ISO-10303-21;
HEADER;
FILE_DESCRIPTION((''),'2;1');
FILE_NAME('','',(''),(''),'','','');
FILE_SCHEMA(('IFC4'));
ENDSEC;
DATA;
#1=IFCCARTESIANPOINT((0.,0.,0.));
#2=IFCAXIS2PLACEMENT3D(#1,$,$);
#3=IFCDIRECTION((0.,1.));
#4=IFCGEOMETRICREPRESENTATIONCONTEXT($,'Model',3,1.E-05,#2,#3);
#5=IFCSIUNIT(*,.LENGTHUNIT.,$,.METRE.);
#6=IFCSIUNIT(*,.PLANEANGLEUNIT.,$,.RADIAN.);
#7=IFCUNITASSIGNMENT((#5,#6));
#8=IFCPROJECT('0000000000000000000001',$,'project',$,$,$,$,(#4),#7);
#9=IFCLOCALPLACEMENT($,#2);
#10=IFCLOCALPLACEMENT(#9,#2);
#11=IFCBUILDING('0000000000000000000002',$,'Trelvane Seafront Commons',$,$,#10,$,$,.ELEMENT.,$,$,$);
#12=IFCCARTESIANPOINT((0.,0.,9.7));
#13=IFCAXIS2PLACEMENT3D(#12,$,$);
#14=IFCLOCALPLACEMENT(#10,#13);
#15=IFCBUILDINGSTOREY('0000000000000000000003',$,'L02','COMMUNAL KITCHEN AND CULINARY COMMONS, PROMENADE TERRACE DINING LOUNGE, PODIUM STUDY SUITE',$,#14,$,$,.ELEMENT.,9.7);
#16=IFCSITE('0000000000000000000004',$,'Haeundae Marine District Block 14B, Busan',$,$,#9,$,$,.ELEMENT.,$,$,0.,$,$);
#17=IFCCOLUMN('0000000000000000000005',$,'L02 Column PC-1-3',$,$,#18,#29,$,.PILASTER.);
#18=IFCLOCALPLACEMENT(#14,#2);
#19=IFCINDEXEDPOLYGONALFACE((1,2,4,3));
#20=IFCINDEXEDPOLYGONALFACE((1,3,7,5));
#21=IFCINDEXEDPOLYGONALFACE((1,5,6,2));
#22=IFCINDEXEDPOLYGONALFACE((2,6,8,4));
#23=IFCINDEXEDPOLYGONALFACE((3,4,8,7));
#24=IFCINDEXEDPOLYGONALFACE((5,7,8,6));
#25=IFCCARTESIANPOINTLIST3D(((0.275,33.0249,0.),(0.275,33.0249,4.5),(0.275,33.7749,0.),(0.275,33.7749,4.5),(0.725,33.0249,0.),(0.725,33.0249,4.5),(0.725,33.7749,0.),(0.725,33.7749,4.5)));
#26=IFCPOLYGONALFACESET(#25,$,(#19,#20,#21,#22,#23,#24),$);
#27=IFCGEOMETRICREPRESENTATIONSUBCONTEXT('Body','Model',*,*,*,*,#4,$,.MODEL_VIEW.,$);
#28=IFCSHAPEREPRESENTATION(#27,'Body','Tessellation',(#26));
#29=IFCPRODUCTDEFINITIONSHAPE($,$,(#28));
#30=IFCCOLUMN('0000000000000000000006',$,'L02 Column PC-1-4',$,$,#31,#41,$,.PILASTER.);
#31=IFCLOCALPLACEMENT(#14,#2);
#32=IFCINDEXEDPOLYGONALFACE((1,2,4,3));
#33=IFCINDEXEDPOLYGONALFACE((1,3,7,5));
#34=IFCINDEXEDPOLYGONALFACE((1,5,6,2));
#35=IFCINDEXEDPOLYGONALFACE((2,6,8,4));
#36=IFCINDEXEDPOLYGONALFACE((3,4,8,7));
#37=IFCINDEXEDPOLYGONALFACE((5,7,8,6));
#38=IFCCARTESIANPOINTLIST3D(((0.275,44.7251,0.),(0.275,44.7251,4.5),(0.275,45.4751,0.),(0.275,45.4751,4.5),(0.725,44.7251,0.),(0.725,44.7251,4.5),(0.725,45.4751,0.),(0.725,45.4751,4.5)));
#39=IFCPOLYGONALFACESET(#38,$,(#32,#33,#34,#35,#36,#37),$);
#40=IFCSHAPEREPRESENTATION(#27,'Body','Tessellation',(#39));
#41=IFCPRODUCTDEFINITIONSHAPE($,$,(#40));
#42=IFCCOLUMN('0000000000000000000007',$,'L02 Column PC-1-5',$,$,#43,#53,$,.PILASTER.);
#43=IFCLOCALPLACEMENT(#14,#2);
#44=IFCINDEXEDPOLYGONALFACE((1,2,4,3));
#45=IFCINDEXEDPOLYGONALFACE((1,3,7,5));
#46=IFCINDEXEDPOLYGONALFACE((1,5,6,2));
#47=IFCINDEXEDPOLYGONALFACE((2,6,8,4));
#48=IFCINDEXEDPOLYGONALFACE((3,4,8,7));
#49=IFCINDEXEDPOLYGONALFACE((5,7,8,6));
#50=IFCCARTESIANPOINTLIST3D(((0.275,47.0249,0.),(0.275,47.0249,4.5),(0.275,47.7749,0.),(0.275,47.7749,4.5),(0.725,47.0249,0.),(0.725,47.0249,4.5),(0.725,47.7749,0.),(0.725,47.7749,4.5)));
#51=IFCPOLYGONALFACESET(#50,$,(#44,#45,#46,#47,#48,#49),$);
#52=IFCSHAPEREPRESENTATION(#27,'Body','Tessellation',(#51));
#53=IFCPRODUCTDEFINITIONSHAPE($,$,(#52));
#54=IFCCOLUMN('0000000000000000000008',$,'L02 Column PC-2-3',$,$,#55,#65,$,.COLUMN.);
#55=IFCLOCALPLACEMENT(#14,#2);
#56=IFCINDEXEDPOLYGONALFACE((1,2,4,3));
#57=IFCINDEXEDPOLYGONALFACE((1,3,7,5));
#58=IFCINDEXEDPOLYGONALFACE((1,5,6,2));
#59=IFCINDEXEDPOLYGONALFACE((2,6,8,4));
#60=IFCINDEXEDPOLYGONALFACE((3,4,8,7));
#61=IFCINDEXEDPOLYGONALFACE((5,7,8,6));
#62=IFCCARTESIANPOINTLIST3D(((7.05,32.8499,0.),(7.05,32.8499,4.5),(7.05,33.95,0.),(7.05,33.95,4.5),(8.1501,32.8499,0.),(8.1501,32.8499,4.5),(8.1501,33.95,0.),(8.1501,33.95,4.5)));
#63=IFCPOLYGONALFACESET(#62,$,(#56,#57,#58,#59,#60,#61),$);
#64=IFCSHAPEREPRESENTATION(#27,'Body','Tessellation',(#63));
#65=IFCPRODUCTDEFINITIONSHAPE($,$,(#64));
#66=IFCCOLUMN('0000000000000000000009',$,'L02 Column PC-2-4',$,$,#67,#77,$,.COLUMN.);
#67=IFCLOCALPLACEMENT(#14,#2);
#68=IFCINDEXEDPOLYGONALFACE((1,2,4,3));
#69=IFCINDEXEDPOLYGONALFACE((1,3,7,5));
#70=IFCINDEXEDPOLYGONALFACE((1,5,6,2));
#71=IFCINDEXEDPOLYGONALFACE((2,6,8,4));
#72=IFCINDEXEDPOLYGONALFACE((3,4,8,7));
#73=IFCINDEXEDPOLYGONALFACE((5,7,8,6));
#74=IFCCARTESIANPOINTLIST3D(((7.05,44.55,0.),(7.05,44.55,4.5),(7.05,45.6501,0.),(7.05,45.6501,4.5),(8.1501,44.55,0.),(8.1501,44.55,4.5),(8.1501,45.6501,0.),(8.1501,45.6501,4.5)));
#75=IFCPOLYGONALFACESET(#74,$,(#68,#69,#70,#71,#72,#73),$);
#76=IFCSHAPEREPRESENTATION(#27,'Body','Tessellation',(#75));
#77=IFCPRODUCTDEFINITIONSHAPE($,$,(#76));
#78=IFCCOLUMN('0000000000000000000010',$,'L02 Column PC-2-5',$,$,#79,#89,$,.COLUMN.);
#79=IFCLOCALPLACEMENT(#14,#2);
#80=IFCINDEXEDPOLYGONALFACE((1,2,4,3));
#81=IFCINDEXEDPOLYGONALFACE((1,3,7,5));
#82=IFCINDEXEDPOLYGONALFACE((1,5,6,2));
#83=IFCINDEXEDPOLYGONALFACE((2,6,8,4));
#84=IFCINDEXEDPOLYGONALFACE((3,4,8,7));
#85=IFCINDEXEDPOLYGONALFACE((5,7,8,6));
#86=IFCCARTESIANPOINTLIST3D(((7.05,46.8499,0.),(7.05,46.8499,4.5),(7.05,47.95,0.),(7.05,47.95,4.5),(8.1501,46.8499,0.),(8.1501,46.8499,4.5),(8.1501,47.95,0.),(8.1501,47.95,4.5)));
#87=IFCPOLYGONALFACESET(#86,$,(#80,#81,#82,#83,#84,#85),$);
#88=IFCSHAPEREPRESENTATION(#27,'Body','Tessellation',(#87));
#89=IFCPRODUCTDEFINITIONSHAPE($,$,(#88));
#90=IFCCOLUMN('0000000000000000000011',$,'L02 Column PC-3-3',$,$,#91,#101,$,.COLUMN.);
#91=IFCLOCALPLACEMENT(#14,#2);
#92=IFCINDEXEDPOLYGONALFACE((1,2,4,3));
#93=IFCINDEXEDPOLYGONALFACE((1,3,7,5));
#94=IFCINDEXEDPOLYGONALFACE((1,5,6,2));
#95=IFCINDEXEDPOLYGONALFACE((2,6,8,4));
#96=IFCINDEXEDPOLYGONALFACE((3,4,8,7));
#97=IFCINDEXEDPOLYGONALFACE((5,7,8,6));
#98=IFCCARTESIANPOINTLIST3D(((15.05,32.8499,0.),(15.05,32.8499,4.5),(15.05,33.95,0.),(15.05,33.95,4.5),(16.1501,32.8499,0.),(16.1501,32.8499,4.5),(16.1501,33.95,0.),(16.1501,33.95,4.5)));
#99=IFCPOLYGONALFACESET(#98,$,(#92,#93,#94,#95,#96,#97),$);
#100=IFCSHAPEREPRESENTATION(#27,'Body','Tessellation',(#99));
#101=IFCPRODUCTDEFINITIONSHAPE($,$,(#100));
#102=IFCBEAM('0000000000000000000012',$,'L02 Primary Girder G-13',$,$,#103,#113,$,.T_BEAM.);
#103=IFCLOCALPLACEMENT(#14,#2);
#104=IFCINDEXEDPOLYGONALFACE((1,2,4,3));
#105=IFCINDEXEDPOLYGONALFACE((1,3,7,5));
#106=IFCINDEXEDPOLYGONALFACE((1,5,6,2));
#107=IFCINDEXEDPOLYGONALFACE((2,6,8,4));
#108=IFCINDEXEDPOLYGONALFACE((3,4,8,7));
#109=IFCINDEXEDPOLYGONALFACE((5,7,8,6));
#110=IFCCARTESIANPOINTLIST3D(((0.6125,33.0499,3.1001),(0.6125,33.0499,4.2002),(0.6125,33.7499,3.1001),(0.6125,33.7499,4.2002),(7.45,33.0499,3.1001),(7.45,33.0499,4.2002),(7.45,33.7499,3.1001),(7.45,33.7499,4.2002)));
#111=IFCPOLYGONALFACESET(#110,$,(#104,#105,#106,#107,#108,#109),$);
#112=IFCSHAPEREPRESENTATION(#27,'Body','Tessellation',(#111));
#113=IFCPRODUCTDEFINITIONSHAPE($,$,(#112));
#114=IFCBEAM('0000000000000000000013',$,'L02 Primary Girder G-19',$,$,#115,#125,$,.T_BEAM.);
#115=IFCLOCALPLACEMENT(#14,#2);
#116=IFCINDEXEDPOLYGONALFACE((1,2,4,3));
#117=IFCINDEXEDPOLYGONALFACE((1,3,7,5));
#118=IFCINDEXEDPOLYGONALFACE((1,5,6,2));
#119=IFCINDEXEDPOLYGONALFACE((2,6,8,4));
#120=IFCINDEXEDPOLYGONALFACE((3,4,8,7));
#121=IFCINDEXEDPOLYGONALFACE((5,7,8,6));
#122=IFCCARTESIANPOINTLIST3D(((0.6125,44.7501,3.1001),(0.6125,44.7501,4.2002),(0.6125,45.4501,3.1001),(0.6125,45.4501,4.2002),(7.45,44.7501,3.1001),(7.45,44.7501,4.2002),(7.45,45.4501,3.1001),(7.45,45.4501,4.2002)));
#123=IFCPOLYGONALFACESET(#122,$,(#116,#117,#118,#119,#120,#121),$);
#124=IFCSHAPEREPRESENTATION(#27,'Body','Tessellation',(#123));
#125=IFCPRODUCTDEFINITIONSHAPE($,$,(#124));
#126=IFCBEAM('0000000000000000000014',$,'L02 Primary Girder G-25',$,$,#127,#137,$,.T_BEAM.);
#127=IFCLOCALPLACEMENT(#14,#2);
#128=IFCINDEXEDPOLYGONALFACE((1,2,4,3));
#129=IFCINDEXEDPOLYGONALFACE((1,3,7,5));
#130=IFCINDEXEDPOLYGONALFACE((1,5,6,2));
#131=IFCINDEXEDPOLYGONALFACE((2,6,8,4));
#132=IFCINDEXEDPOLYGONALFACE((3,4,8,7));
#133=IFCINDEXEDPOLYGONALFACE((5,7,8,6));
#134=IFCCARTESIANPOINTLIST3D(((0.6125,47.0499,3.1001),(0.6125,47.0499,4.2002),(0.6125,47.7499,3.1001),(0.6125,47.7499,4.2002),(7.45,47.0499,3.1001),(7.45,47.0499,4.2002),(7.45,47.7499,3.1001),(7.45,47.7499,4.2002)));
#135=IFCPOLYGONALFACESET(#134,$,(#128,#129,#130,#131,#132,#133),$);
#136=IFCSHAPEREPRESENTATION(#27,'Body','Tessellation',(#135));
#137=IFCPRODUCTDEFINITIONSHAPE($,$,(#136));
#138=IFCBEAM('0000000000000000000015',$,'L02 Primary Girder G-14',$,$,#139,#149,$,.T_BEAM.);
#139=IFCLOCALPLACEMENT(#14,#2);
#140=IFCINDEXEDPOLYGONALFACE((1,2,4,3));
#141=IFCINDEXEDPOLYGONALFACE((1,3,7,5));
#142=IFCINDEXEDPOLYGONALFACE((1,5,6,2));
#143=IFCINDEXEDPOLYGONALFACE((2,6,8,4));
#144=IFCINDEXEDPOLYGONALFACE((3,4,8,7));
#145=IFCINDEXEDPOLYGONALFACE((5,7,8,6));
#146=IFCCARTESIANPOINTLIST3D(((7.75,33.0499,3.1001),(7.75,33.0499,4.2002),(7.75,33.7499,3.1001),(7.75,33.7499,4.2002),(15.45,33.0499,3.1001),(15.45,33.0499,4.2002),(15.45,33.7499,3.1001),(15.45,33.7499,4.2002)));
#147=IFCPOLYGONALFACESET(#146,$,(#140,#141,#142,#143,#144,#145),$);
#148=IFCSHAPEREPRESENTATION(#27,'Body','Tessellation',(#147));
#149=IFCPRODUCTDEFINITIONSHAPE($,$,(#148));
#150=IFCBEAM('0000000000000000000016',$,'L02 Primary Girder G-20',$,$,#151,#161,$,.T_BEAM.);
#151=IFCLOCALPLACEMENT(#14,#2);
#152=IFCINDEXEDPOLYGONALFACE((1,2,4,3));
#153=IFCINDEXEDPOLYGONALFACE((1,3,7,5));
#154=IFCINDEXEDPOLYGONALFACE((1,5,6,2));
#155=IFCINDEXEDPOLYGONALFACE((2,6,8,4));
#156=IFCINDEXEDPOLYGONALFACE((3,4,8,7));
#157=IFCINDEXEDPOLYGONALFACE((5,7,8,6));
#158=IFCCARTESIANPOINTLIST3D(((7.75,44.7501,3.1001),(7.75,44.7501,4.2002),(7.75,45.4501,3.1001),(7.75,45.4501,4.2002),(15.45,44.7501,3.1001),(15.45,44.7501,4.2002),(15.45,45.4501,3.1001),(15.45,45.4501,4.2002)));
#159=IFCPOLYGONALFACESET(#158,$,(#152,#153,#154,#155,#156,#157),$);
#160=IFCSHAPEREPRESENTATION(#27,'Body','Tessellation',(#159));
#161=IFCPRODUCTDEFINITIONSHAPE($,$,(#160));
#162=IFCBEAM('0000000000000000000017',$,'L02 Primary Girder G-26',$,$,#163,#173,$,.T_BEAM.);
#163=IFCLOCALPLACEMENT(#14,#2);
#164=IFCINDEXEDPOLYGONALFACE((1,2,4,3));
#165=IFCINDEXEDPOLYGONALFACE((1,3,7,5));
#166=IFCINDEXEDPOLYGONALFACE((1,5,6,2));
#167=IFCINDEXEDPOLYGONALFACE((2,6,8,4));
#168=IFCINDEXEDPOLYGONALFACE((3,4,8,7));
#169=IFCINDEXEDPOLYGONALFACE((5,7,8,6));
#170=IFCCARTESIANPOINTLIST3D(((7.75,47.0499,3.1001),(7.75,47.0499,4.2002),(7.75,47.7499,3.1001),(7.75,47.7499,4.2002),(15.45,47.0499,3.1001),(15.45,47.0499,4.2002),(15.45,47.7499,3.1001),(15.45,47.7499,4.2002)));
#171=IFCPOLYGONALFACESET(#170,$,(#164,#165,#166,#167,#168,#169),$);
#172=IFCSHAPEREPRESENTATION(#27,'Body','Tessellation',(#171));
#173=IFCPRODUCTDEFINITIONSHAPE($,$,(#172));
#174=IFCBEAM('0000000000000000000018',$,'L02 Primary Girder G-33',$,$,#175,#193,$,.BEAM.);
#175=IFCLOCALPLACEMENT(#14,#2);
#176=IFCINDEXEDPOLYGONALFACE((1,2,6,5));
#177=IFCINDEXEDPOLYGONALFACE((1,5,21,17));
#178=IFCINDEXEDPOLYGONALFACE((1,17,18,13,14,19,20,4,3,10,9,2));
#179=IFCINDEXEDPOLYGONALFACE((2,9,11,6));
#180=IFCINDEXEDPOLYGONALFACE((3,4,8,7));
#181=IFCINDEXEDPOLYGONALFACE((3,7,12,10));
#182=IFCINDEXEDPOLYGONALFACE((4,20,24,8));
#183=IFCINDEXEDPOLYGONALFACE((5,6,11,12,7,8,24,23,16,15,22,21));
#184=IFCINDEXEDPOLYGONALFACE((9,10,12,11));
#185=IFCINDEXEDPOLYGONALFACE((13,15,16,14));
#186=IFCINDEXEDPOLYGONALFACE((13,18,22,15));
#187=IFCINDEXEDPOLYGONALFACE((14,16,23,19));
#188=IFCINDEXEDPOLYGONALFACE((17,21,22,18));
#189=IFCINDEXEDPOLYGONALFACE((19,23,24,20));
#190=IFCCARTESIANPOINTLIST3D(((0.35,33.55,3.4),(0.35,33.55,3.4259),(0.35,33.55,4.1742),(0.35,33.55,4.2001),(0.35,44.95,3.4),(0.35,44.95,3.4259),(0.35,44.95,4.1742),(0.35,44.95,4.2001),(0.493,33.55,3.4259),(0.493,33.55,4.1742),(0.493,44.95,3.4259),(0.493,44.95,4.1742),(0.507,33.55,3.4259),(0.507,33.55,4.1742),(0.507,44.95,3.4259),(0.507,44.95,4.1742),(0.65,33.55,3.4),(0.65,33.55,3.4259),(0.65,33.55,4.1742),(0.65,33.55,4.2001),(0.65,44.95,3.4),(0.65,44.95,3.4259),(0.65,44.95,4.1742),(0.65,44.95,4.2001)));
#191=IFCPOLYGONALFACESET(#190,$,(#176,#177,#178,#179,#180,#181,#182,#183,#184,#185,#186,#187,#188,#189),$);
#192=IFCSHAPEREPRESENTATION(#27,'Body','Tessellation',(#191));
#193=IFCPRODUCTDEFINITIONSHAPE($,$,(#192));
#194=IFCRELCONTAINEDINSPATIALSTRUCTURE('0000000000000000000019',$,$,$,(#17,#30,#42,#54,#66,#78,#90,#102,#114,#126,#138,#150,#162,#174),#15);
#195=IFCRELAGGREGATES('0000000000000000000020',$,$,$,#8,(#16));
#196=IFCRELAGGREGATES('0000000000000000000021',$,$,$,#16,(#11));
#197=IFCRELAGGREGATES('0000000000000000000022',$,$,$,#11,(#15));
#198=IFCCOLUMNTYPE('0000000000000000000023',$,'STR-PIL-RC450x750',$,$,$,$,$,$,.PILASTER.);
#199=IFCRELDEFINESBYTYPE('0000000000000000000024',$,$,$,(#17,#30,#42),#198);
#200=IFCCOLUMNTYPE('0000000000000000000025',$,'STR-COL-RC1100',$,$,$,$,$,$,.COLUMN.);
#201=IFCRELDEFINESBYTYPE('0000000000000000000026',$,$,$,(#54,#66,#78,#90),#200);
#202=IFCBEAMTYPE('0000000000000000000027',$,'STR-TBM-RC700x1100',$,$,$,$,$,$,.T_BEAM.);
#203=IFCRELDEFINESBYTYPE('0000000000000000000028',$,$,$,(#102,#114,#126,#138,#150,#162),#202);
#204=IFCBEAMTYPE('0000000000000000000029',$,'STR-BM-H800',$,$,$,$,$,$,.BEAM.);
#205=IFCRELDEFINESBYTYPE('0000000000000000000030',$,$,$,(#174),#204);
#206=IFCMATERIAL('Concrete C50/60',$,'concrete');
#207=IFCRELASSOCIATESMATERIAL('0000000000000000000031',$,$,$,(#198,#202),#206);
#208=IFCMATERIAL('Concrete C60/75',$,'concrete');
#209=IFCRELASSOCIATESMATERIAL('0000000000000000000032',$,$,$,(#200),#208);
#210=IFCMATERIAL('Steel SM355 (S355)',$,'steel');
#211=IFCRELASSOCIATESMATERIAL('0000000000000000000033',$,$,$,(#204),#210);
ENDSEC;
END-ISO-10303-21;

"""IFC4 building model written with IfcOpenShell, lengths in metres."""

from ifc_helpers import new_model, si_unit, direction, frame, origin, origin_2d, place, context, subcontext, project, spatial, rectangle, i_section, extrude, source, transform, mapped, material, material_profile, profile_set, type_object, element, save


model = new_model("IFC4")

# Units and contexts
model_context = context("Model", 3, precision=1e-05, world=origin(), true_north=direction((0.0, 1.0)))
body_context = subcontext(model_context, "Body", "Model", "MODEL_VIEW")
ifc_project = project(units=[si_unit("LENGTHUNIT", "METRE"), si_unit("PLANEANGLEUNIT", "RADIAN")], contexts=[model_context])

# Site, building, storey
site_placement = place(None, origin())
site = spatial("IfcSite", under=ifc_project, at=site_placement, Name="Haeundae Marine District Block 14B, Busan", CompositionType="ELEMENT", RefElevation=0.0)
building_placement = place(site_placement, origin())
building = spatial("IfcBuilding", under=site, at=building_placement, Name="Trelvane Seafront Commons", CompositionType="ELEMENT")
storey_placement = place(building_placement, frame((0.0, 0.0, 9.7)))
storey = spatial("IfcBuildingStorey", under=building, at=storey_placement, Name="L02", Description="COMMUNAL KITCHEN AND CULINARY COMMONS, PROMENADE TERRACE DINING LOUNGE, PODIUM STUDY SUITE", CompositionType="ELEMENT", Elevation=9.7)

# Columns
ifc_material_1 = material(Name="Concrete C50/60", Category="concrete")
ifc_material_profile_1 = material_profile(ifc_material_1, rectangle(XDim=0.45, YDim=0.75, at=origin_2d()), Name="RC-450x750")
ifc_profile_set_1 = profile_set([ifc_material_profile_1], Name="Concrete C50/60")
column_type_1 = type_object("IfcColumnType", Name="STR-PIL-RC450x750", PredefinedType="PILASTER", material=ifc_profile_set_1)
shared_shape_1 = source(origin(), body_context, "Body", "SweptSolid", [
    extrude(rectangle(XDim=0.45, YDim=0.75, at=origin_2d()), origin(), (0.0, 0.0, 1.0), 4.5),
])
for number, where, z_axis, x_axis, name in (
    (1, (0.5, 33.3999, 0.0), (0.0, 0.0, 1.0), (1.0, 0.0, 0.0), "L02 Column PC-1-3"),
    (2, (0.5, 45.1001, 0.0), (0.0, 0.0, 1.0), (1.0, 0.0, 0.0), "L02 Column PC-1-4"),
    (3, (0.5, 47.3999, 0.0), (0.0, 0.0, 1.0), (1.0, 0.0, 0.0), "L02 Column PC-1-5"),
):
    element("IfcColumn", number, at=place(storey_placement, frame(where, z_axis=z_axis, x_axis=x_axis)), inside=storey, type_object=column_type_1, Name=name, PredefinedType="PILASTER", context=body_context, shape_type="MappedRepresentation", body=[
        mapped(shared_shape_1, transform((0.0, 0.0, 0.0), x_axis=(1.0, 0.0, 0.0), y_axis=(0.0, 1.0, 0.0), z_axis=(0.0, 0.0, 1.0), scale=1.0)),
    ])
ifc_material_2 = material(Name="Concrete C60/75", Category="concrete")
ifc_material_profile_2 = material_profile(ifc_material_2, rectangle(XDim=1.1001, YDim=1.1001, at=origin_2d()), Name="RC-1100x1100")
ifc_profile_set_2 = profile_set([ifc_material_profile_2], Name="Concrete C60/75")
column_type_2 = type_object("IfcColumnType", Name="STR-COL-RC1100", PredefinedType="COLUMN", material=ifc_profile_set_2)
shared_shape_2 = source(origin(), body_context, "Body", "SweptSolid", [
    extrude(rectangle(XDim=1.1001, YDim=1.1001, at=origin_2d()), origin(), (0.0, 0.0, 1.0), 4.5),
])
for number, where, z_axis, x_axis, name in (
    (4, (7.6001, 33.3999, 0.0), (0.0, 0.0, 1.0), (1.0, 0.0, 0.0), "L02 Column PC-2-3"),
    (5, (7.6001, 45.1001, 0.0), (0.0, 0.0, 1.0), (1.0, 0.0, 0.0), "L02 Column PC-2-4"),
    (6, (7.6001, 47.3999, 0.0), (0.0, 0.0, 1.0), (1.0, 0.0, 0.0), "L02 Column PC-2-5"),
    (7, (15.6001, 33.3999, 0.0), (0.0, 0.0, 1.0), (1.0, 0.0, 0.0), "L02 Column PC-3-3"),
):
    element("IfcColumn", number, at=place(storey_placement, frame(where, z_axis=z_axis, x_axis=x_axis)), inside=storey, type_object=column_type_2, Name=name, PredefinedType="COLUMN", context=body_context, shape_type="MappedRepresentation", body=[
        mapped(shared_shape_2, transform((0.0, 0.0, 0.0), x_axis=(1.0, 0.0, 0.0), y_axis=(0.0, 1.0, 0.0), z_axis=(0.0, 0.0, 1.0), scale=1.0)),
    ])

# Beams
ifc_material_profile_3 = material_profile(ifc_material_1, rectangle(XDim=0.7, YDim=1.1001, at=origin_2d()), Name="RC-700x1100")
ifc_profile_set_3 = profile_set([ifc_material_profile_3], Name="Concrete C50/60")
beam_type_1 = type_object("IfcBeamType", Name="STR-TBM-RC700x1100", PredefinedType="T_BEAM", material=ifc_profile_set_3)
shared_shape_3 = source(origin(), body_context, "Body", "SweptSolid", [
    extrude(rectangle(XDim=0.7, YDim=1.1001, at=origin_2d()), origin(), (0.0, 0.0, 1.0), 6.8374),
])
for number, where, z_axis, x_axis, name in (
    (8, (0.6125, 33.3999, 3.6501), (1.0, 0.0, 0.0), (0.0, 1.0, 0.0), "L02 Primary Girder G-13"),
    (9, (0.6125, 45.1001, 3.6501), (1.0, 0.0, 0.0), (0.0, 1.0, 0.0), "L02 Primary Girder G-19"),
    (10, (0.6125, 47.3999, 3.6501), (1.0, 0.0, 0.0), (0.0, 1.0, 0.0), "L02 Primary Girder G-25"),
):
    element("IfcBeam", number, at=place(storey_placement, frame(where, z_axis=z_axis, x_axis=x_axis)), inside=storey, type_object=beam_type_1, Name=name, PredefinedType="T_BEAM", context=body_context, shape_type="MappedRepresentation", body=[
        mapped(shared_shape_3, transform((0.0, 0.0, 0.0), x_axis=(1.0, 0.0, 0.0), y_axis=(0.0, 1.0, 0.0), z_axis=(0.0, 0.0, 1.0), scale=1.0)),
    ])
shared_shape_4 = source(origin(), body_context, "Body", "SweptSolid", [
    extrude(rectangle(XDim=0.7, YDim=1.1001, at=origin_2d()), origin(), (0.0, 0.0, 1.0), 7.7),
])
for number, where, z_axis, x_axis, name in (
    (11, (7.75, 33.3999, 3.6501), (1.0, 0.0, 0.0), (0.0, 1.0, 0.0), "L02 Primary Girder G-14"),
    (12, (7.75, 45.1001, 3.6501), (1.0, 0.0, 0.0), (0.0, 1.0, 0.0), "L02 Primary Girder G-20"),
    (13, (7.75, 47.3999, 3.6501), (1.0, 0.0, 0.0), (0.0, 1.0, 0.0), "L02 Primary Girder G-26"),
):
    element("IfcBeam", number, at=place(storey_placement, frame(where, z_axis=z_axis, x_axis=x_axis)), inside=storey, type_object=beam_type_1, Name=name, PredefinedType="T_BEAM", context=body_context, shape_type="MappedRepresentation", body=[
        mapped(shared_shape_4, transform((0.0, 0.0, 0.0), x_axis=(1.0, 0.0, 0.0), y_axis=(0.0, 1.0, 0.0), z_axis=(0.0, 0.0, 1.0), scale=1.0)),
    ])
ifc_material_3 = material(Name="Steel SM355 (S355)", Category="steel")
ifc_material_profile_4 = material_profile(ifc_material_3, i_section(OverallWidth=0.3, OverallDepth=0.8, WebThickness=0.0139, FlangeThickness=0.0259, at=origin_2d()), Name="H-800x300x14x26")
ifc_profile_set_4 = profile_set([ifc_material_profile_4], Name="Steel SM355 (S355)")
beam_type_2 = type_object("IfcBeamType", Name="STR-BM-H800", PredefinedType="BEAM", material=ifc_profile_set_4)
shared_shape_5 = source(origin(), body_context, "Body", "SweptSolid", [
    extrude(i_section(OverallWidth=0.3, OverallDepth=0.8, WebThickness=0.0139, FlangeThickness=0.0259, at=origin_2d()), origin(), (0.0, 0.0, 1.0), 11.3999),
])
for number, where, z_axis, x_axis, name in (
    (14, (0.5, 33.55, 3.8), (0.0, 1.0, 0.0), (-1.0, 0.0, 0.0), "L02 Primary Girder G-33"),
):
    element("IfcBeam", number, at=place(storey_placement, frame(where, z_axis=z_axis, x_axis=x_axis)), inside=storey, type_object=beam_type_2, Name=name, PredefinedType="BEAM", context=body_context, shape_type="MappedRepresentation", body=[
        mapped(shared_shape_5, transform((0.0, 0.0, 0.0), x_axis=(1.0, 0.0, 0.0), y_axis=(0.0, 1.0, 0.0), z_axis=(0.0, 0.0, 1.0), scale=1.0)),
    ])

save(model, "model.ifc")
